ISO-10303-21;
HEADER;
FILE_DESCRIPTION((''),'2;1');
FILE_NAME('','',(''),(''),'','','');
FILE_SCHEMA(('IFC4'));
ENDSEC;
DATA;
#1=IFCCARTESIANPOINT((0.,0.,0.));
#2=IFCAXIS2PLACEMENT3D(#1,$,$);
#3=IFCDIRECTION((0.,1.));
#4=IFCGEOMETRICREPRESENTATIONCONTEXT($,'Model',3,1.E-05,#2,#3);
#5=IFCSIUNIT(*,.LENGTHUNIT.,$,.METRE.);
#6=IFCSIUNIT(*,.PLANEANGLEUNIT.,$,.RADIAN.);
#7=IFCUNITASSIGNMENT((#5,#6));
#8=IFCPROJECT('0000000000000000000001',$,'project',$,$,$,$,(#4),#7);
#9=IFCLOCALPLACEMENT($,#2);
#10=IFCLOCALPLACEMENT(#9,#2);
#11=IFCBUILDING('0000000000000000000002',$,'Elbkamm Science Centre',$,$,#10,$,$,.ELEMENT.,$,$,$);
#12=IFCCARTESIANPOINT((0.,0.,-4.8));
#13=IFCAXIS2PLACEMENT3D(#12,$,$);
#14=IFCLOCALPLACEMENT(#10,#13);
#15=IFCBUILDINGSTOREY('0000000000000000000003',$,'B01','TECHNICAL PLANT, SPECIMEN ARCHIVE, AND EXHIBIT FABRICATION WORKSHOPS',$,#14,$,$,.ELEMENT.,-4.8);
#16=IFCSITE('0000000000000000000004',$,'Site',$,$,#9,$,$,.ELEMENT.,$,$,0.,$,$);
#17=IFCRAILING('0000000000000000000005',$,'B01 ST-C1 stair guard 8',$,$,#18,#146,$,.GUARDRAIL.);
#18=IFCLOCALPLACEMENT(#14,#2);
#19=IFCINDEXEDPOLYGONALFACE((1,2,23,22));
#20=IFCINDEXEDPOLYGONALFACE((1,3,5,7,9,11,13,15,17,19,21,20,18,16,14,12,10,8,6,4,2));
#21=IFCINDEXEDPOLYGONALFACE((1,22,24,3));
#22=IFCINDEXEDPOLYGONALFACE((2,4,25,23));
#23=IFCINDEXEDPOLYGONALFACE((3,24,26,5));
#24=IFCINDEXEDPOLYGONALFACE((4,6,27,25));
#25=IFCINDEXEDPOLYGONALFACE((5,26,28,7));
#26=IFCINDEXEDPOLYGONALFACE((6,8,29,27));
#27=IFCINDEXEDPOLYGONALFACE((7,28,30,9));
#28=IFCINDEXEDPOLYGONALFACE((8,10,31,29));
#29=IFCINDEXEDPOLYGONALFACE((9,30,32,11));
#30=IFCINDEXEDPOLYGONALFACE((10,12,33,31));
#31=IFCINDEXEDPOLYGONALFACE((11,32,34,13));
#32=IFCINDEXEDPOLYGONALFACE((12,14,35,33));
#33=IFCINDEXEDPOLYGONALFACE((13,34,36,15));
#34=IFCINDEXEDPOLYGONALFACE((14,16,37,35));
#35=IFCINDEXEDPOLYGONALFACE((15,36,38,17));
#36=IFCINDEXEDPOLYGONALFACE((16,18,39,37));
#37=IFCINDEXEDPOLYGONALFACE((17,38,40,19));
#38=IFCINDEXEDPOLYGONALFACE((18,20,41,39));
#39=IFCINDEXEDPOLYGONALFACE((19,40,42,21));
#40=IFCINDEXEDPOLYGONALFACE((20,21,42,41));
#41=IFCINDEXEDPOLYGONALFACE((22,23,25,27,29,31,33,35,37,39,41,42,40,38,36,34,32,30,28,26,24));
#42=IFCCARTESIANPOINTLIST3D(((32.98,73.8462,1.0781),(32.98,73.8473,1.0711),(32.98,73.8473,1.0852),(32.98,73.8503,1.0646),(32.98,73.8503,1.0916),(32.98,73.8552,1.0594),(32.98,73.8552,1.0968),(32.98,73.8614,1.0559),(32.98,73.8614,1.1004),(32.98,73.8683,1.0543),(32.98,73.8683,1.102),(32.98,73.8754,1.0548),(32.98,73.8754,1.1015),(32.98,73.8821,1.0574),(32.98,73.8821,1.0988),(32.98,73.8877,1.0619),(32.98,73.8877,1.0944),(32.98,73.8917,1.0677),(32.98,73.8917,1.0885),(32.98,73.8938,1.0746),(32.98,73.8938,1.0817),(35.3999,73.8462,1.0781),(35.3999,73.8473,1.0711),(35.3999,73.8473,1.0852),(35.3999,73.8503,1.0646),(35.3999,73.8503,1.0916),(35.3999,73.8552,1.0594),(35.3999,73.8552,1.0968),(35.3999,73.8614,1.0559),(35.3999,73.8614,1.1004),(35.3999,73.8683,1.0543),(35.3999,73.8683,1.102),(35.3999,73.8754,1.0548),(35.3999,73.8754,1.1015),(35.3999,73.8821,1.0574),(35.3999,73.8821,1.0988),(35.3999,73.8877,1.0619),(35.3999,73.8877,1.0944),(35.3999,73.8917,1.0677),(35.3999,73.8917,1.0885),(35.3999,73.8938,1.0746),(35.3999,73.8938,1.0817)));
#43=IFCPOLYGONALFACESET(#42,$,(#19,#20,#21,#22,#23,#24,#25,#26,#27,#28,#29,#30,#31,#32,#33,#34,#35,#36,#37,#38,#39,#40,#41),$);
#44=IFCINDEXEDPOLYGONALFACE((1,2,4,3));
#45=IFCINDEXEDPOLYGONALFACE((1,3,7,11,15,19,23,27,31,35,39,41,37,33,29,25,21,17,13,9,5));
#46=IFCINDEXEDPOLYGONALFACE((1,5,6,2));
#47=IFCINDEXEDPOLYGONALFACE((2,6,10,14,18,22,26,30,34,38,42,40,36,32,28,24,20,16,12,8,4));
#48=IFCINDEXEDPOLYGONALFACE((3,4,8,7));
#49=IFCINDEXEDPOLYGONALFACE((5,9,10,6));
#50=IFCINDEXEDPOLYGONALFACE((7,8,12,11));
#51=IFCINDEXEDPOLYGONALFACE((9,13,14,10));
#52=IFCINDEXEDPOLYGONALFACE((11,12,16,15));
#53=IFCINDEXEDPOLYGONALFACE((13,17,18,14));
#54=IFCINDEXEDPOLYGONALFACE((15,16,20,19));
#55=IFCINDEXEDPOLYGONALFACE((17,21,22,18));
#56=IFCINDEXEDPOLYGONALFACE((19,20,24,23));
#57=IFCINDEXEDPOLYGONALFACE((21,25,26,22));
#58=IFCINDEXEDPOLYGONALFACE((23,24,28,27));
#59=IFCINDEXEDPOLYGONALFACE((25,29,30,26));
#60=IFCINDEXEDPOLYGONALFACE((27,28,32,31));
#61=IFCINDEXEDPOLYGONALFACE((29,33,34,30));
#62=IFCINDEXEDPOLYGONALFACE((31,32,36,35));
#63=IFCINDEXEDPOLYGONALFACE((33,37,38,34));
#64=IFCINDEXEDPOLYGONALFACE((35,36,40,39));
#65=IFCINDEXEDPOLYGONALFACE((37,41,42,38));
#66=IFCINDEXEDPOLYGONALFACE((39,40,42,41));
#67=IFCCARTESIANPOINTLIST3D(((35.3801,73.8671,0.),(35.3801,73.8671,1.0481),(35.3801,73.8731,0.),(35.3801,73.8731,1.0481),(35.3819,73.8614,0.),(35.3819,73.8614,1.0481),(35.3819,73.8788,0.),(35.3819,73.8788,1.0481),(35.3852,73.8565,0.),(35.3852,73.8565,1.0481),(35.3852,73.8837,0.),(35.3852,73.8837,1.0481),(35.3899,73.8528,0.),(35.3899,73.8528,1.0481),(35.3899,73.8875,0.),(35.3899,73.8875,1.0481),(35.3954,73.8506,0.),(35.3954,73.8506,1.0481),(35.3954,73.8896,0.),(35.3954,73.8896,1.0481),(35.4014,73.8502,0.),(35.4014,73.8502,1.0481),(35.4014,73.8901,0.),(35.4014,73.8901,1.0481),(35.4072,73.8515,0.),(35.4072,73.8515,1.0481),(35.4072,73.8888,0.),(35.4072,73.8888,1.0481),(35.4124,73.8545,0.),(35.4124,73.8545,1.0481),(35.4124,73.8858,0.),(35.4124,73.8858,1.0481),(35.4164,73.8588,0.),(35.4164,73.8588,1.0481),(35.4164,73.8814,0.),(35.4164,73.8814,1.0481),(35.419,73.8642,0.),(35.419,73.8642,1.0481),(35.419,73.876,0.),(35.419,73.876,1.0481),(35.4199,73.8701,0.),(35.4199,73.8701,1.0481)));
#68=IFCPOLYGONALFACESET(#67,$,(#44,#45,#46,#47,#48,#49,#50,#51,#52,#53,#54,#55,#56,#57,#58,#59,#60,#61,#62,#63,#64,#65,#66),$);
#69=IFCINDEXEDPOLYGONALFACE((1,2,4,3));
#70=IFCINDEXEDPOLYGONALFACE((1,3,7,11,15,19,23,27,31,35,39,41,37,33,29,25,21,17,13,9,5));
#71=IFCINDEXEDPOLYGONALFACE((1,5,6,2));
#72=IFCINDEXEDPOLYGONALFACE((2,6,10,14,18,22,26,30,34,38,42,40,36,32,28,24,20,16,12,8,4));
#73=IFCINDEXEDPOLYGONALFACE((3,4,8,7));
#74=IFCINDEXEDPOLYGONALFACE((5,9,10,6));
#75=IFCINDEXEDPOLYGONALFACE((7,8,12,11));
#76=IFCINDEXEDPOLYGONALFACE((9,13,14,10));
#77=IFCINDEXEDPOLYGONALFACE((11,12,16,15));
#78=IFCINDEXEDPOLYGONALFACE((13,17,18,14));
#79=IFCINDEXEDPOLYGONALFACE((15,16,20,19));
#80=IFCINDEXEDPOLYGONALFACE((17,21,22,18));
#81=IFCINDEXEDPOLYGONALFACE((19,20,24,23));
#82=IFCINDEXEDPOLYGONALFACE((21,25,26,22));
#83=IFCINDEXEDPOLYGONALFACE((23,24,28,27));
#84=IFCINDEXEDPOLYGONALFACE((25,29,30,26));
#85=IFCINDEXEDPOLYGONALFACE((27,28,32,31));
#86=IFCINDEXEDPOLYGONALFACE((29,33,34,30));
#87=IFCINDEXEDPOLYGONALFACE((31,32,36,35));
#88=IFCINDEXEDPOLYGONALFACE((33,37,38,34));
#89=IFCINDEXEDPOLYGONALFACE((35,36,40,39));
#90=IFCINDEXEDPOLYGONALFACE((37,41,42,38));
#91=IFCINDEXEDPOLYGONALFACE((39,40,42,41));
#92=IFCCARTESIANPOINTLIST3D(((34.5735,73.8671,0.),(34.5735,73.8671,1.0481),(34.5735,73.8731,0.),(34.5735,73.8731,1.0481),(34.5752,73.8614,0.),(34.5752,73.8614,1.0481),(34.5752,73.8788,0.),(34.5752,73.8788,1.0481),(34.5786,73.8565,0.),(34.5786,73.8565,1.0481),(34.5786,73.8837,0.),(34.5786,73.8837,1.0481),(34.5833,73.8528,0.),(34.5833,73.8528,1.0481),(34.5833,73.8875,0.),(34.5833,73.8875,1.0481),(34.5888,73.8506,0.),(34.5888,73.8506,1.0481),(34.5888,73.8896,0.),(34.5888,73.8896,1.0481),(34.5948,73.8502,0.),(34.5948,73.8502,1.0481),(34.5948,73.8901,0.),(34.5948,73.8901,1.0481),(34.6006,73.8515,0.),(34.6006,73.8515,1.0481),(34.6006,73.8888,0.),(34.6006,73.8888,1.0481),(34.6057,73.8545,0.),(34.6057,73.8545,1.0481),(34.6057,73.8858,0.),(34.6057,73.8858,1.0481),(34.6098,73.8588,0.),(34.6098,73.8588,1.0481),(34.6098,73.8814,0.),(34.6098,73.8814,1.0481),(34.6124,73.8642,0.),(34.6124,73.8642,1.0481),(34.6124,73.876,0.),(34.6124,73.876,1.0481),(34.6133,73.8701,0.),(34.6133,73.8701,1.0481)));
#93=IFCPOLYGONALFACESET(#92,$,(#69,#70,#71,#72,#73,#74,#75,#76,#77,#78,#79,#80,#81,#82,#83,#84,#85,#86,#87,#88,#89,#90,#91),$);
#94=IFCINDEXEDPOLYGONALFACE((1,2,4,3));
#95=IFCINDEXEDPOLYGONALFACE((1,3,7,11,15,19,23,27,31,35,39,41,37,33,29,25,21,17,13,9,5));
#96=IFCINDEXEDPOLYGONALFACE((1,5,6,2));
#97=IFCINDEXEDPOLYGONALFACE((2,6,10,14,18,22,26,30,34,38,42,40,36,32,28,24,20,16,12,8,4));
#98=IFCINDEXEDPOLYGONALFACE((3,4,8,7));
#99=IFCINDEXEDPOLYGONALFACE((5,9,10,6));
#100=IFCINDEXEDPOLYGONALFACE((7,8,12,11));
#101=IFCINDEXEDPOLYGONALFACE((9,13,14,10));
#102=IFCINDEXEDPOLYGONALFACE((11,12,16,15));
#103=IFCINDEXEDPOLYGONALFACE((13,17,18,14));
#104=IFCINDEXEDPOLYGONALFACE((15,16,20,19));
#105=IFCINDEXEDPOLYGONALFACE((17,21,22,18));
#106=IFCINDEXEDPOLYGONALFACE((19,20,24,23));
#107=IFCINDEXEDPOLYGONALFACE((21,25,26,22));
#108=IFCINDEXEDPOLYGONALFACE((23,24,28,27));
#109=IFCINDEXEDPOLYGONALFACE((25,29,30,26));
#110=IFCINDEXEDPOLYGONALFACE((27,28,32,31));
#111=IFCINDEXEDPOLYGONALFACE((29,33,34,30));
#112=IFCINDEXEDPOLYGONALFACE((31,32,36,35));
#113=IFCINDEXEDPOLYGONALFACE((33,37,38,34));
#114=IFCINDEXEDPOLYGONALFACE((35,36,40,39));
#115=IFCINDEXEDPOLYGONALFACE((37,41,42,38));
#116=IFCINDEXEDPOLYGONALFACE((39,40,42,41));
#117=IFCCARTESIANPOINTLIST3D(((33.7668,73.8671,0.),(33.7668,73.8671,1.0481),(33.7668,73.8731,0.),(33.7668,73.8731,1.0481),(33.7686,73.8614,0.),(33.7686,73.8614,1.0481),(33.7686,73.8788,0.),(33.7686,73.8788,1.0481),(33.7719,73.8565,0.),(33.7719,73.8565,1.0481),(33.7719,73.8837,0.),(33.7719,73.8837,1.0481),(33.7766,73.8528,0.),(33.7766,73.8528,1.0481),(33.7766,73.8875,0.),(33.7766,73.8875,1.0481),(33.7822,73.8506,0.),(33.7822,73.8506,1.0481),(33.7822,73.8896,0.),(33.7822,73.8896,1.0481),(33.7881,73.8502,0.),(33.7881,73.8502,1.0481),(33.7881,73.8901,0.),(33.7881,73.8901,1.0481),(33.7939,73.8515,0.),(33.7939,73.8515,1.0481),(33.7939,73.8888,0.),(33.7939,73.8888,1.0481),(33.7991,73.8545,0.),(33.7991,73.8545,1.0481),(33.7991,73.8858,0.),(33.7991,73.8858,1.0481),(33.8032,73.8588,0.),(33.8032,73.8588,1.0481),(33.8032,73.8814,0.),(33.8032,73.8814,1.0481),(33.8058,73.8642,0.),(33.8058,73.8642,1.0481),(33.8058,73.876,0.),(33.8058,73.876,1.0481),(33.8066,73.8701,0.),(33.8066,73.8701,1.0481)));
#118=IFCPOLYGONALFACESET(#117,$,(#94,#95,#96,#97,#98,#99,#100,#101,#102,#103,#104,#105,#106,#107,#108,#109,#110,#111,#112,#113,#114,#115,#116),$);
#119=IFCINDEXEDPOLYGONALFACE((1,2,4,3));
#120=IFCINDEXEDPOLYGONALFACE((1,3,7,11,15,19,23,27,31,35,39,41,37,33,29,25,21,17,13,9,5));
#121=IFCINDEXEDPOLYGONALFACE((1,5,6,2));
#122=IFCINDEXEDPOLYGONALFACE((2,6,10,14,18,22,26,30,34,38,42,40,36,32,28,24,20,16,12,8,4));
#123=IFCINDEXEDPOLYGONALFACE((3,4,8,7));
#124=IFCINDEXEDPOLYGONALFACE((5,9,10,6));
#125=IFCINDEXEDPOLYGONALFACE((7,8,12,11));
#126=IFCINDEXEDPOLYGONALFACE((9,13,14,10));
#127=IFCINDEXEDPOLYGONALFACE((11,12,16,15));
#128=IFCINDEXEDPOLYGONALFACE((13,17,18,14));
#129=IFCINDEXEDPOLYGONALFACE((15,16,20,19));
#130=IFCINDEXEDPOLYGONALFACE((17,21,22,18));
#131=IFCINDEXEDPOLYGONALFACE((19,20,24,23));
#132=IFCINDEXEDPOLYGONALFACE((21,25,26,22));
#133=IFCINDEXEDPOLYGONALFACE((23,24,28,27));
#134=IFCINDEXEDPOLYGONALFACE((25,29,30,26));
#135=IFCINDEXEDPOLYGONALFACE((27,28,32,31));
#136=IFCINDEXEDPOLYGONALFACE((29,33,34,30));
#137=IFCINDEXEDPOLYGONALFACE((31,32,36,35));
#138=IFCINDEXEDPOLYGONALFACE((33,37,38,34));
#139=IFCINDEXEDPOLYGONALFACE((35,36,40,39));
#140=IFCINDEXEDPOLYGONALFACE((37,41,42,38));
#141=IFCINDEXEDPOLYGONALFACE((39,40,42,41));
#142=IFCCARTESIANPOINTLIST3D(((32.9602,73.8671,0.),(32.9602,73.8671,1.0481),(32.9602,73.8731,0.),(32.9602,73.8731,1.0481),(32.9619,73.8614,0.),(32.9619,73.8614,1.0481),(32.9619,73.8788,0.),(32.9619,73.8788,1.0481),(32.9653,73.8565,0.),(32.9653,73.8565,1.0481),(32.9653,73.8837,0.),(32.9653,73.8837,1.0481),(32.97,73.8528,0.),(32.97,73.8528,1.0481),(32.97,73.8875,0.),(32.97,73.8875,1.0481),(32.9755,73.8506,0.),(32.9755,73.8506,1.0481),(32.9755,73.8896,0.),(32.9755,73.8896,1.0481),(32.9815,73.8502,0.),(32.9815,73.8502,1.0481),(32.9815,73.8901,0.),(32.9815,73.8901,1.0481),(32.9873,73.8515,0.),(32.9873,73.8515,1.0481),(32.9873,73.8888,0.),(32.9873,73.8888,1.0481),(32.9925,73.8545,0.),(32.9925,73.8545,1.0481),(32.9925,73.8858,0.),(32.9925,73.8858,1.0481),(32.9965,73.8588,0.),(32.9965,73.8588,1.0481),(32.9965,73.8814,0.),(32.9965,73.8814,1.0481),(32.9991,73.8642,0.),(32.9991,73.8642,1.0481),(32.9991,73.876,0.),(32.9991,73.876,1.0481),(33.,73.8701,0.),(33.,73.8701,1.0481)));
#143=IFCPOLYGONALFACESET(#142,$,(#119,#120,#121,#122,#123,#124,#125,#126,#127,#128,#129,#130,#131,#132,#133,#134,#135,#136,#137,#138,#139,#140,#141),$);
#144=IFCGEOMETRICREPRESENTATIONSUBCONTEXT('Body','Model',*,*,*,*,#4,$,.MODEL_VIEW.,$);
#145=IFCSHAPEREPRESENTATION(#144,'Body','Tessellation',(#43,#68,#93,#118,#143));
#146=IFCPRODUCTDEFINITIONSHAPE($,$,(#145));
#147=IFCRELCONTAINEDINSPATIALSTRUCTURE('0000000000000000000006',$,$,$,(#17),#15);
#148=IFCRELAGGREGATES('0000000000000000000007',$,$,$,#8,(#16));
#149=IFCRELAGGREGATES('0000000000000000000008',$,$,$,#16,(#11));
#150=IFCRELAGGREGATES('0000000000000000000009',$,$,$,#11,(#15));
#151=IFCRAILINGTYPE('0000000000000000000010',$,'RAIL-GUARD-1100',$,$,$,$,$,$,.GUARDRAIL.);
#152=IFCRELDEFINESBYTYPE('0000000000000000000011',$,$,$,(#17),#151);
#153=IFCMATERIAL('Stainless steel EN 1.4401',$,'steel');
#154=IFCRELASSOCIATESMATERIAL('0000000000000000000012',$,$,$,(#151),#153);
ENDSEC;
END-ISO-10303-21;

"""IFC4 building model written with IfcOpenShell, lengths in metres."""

from ifc_helpers import new_model, si_unit, direction, frame, origin, origin_2d, place, context, subcontext, project, spatial, circle, extrude, material, type_object, element, save


model = new_model("IFC4")

# Units and contexts
model_context = context("Model", 3, precision=1e-05, world=origin(), true_north=direction((0.0, 1.0)))
body_context = subcontext(model_context, "Body", "Model", "MODEL_VIEW")
ifc_project = project(units=[si_unit("LENGTHUNIT", "METRE"), si_unit("PLANEANGLEUNIT", "RADIAN")], contexts=[model_context])

# Site, building, storey
site_placement = place(None, origin())
site = spatial("IfcSite", under=ifc_project, at=site_placement, Name="Site", CompositionType="ELEMENT", RefElevation=0.0)
building_placement = place(site_placement, origin())
building = spatial("IfcBuilding", under=site, at=building_placement, Name="Elbkamm Science Centre", CompositionType="ELEMENT")
storey_placement = place(building_placement, frame((0.0, 0.0, -4.8)))
storey = spatial("IfcBuildingStorey", under=building, at=storey_placement, Name="B01", Description="TECHNICAL PLANT, SPECIMEN ARCHIVE, AND EXHIBIT FABRICATION WORKSHOPS", CompositionType="ELEMENT", Elevation=-4.8)

# Railing
ifc_material_1 = material(Name="Stainless steel EN 1.4401", Category="steel")
railing_type = type_object("IfcRailingType", Name="RAIL-GUARD-1100", PredefinedType="GUARDRAIL", material=ifc_material_1)
railing_placement = place(storey_placement, frame((35.3999, 73.8701, 0.0)))
element("IfcRailing", 1, at=railing_placement, inside=storey, type_object=railing_type, Name="B01 ST-C1 stair guard 8", PredefinedType="GUARDRAIL", context=body_context, shape_type="SweptSolid", body=[
    extrude(circle(Radius=0.0239, at=origin_2d()), frame((0.0, 0.0, 1.0781), z_axis=(-1.0, 0.0, 0.0), x_axis=(0.0, -1.0, 0.0)), (0.0, 0.0, 1.0), 2.4199),
    extrude(circle(Radius=0.02, at=origin_2d()), origin(), (0.0, 0.0, 1.0), 1.0481),
    extrude(circle(Radius=0.02, at=origin_2d()), frame((-0.8066, 0.0, 0.0)), (0.0, 0.0, 1.0), 1.0481),
    extrude(circle(Radius=0.02, at=origin_2d()), frame((-1.6133, 0.0, 0.0)), (0.0, 0.0, 1.0), 1.0481),
    extrude(circle(Radius=0.02, at=origin_2d()), frame((-2.4199, 0.0, 0.0)), (0.0, 0.0, 1.0), 1.0481),
])

save(model, "model.ifc")
